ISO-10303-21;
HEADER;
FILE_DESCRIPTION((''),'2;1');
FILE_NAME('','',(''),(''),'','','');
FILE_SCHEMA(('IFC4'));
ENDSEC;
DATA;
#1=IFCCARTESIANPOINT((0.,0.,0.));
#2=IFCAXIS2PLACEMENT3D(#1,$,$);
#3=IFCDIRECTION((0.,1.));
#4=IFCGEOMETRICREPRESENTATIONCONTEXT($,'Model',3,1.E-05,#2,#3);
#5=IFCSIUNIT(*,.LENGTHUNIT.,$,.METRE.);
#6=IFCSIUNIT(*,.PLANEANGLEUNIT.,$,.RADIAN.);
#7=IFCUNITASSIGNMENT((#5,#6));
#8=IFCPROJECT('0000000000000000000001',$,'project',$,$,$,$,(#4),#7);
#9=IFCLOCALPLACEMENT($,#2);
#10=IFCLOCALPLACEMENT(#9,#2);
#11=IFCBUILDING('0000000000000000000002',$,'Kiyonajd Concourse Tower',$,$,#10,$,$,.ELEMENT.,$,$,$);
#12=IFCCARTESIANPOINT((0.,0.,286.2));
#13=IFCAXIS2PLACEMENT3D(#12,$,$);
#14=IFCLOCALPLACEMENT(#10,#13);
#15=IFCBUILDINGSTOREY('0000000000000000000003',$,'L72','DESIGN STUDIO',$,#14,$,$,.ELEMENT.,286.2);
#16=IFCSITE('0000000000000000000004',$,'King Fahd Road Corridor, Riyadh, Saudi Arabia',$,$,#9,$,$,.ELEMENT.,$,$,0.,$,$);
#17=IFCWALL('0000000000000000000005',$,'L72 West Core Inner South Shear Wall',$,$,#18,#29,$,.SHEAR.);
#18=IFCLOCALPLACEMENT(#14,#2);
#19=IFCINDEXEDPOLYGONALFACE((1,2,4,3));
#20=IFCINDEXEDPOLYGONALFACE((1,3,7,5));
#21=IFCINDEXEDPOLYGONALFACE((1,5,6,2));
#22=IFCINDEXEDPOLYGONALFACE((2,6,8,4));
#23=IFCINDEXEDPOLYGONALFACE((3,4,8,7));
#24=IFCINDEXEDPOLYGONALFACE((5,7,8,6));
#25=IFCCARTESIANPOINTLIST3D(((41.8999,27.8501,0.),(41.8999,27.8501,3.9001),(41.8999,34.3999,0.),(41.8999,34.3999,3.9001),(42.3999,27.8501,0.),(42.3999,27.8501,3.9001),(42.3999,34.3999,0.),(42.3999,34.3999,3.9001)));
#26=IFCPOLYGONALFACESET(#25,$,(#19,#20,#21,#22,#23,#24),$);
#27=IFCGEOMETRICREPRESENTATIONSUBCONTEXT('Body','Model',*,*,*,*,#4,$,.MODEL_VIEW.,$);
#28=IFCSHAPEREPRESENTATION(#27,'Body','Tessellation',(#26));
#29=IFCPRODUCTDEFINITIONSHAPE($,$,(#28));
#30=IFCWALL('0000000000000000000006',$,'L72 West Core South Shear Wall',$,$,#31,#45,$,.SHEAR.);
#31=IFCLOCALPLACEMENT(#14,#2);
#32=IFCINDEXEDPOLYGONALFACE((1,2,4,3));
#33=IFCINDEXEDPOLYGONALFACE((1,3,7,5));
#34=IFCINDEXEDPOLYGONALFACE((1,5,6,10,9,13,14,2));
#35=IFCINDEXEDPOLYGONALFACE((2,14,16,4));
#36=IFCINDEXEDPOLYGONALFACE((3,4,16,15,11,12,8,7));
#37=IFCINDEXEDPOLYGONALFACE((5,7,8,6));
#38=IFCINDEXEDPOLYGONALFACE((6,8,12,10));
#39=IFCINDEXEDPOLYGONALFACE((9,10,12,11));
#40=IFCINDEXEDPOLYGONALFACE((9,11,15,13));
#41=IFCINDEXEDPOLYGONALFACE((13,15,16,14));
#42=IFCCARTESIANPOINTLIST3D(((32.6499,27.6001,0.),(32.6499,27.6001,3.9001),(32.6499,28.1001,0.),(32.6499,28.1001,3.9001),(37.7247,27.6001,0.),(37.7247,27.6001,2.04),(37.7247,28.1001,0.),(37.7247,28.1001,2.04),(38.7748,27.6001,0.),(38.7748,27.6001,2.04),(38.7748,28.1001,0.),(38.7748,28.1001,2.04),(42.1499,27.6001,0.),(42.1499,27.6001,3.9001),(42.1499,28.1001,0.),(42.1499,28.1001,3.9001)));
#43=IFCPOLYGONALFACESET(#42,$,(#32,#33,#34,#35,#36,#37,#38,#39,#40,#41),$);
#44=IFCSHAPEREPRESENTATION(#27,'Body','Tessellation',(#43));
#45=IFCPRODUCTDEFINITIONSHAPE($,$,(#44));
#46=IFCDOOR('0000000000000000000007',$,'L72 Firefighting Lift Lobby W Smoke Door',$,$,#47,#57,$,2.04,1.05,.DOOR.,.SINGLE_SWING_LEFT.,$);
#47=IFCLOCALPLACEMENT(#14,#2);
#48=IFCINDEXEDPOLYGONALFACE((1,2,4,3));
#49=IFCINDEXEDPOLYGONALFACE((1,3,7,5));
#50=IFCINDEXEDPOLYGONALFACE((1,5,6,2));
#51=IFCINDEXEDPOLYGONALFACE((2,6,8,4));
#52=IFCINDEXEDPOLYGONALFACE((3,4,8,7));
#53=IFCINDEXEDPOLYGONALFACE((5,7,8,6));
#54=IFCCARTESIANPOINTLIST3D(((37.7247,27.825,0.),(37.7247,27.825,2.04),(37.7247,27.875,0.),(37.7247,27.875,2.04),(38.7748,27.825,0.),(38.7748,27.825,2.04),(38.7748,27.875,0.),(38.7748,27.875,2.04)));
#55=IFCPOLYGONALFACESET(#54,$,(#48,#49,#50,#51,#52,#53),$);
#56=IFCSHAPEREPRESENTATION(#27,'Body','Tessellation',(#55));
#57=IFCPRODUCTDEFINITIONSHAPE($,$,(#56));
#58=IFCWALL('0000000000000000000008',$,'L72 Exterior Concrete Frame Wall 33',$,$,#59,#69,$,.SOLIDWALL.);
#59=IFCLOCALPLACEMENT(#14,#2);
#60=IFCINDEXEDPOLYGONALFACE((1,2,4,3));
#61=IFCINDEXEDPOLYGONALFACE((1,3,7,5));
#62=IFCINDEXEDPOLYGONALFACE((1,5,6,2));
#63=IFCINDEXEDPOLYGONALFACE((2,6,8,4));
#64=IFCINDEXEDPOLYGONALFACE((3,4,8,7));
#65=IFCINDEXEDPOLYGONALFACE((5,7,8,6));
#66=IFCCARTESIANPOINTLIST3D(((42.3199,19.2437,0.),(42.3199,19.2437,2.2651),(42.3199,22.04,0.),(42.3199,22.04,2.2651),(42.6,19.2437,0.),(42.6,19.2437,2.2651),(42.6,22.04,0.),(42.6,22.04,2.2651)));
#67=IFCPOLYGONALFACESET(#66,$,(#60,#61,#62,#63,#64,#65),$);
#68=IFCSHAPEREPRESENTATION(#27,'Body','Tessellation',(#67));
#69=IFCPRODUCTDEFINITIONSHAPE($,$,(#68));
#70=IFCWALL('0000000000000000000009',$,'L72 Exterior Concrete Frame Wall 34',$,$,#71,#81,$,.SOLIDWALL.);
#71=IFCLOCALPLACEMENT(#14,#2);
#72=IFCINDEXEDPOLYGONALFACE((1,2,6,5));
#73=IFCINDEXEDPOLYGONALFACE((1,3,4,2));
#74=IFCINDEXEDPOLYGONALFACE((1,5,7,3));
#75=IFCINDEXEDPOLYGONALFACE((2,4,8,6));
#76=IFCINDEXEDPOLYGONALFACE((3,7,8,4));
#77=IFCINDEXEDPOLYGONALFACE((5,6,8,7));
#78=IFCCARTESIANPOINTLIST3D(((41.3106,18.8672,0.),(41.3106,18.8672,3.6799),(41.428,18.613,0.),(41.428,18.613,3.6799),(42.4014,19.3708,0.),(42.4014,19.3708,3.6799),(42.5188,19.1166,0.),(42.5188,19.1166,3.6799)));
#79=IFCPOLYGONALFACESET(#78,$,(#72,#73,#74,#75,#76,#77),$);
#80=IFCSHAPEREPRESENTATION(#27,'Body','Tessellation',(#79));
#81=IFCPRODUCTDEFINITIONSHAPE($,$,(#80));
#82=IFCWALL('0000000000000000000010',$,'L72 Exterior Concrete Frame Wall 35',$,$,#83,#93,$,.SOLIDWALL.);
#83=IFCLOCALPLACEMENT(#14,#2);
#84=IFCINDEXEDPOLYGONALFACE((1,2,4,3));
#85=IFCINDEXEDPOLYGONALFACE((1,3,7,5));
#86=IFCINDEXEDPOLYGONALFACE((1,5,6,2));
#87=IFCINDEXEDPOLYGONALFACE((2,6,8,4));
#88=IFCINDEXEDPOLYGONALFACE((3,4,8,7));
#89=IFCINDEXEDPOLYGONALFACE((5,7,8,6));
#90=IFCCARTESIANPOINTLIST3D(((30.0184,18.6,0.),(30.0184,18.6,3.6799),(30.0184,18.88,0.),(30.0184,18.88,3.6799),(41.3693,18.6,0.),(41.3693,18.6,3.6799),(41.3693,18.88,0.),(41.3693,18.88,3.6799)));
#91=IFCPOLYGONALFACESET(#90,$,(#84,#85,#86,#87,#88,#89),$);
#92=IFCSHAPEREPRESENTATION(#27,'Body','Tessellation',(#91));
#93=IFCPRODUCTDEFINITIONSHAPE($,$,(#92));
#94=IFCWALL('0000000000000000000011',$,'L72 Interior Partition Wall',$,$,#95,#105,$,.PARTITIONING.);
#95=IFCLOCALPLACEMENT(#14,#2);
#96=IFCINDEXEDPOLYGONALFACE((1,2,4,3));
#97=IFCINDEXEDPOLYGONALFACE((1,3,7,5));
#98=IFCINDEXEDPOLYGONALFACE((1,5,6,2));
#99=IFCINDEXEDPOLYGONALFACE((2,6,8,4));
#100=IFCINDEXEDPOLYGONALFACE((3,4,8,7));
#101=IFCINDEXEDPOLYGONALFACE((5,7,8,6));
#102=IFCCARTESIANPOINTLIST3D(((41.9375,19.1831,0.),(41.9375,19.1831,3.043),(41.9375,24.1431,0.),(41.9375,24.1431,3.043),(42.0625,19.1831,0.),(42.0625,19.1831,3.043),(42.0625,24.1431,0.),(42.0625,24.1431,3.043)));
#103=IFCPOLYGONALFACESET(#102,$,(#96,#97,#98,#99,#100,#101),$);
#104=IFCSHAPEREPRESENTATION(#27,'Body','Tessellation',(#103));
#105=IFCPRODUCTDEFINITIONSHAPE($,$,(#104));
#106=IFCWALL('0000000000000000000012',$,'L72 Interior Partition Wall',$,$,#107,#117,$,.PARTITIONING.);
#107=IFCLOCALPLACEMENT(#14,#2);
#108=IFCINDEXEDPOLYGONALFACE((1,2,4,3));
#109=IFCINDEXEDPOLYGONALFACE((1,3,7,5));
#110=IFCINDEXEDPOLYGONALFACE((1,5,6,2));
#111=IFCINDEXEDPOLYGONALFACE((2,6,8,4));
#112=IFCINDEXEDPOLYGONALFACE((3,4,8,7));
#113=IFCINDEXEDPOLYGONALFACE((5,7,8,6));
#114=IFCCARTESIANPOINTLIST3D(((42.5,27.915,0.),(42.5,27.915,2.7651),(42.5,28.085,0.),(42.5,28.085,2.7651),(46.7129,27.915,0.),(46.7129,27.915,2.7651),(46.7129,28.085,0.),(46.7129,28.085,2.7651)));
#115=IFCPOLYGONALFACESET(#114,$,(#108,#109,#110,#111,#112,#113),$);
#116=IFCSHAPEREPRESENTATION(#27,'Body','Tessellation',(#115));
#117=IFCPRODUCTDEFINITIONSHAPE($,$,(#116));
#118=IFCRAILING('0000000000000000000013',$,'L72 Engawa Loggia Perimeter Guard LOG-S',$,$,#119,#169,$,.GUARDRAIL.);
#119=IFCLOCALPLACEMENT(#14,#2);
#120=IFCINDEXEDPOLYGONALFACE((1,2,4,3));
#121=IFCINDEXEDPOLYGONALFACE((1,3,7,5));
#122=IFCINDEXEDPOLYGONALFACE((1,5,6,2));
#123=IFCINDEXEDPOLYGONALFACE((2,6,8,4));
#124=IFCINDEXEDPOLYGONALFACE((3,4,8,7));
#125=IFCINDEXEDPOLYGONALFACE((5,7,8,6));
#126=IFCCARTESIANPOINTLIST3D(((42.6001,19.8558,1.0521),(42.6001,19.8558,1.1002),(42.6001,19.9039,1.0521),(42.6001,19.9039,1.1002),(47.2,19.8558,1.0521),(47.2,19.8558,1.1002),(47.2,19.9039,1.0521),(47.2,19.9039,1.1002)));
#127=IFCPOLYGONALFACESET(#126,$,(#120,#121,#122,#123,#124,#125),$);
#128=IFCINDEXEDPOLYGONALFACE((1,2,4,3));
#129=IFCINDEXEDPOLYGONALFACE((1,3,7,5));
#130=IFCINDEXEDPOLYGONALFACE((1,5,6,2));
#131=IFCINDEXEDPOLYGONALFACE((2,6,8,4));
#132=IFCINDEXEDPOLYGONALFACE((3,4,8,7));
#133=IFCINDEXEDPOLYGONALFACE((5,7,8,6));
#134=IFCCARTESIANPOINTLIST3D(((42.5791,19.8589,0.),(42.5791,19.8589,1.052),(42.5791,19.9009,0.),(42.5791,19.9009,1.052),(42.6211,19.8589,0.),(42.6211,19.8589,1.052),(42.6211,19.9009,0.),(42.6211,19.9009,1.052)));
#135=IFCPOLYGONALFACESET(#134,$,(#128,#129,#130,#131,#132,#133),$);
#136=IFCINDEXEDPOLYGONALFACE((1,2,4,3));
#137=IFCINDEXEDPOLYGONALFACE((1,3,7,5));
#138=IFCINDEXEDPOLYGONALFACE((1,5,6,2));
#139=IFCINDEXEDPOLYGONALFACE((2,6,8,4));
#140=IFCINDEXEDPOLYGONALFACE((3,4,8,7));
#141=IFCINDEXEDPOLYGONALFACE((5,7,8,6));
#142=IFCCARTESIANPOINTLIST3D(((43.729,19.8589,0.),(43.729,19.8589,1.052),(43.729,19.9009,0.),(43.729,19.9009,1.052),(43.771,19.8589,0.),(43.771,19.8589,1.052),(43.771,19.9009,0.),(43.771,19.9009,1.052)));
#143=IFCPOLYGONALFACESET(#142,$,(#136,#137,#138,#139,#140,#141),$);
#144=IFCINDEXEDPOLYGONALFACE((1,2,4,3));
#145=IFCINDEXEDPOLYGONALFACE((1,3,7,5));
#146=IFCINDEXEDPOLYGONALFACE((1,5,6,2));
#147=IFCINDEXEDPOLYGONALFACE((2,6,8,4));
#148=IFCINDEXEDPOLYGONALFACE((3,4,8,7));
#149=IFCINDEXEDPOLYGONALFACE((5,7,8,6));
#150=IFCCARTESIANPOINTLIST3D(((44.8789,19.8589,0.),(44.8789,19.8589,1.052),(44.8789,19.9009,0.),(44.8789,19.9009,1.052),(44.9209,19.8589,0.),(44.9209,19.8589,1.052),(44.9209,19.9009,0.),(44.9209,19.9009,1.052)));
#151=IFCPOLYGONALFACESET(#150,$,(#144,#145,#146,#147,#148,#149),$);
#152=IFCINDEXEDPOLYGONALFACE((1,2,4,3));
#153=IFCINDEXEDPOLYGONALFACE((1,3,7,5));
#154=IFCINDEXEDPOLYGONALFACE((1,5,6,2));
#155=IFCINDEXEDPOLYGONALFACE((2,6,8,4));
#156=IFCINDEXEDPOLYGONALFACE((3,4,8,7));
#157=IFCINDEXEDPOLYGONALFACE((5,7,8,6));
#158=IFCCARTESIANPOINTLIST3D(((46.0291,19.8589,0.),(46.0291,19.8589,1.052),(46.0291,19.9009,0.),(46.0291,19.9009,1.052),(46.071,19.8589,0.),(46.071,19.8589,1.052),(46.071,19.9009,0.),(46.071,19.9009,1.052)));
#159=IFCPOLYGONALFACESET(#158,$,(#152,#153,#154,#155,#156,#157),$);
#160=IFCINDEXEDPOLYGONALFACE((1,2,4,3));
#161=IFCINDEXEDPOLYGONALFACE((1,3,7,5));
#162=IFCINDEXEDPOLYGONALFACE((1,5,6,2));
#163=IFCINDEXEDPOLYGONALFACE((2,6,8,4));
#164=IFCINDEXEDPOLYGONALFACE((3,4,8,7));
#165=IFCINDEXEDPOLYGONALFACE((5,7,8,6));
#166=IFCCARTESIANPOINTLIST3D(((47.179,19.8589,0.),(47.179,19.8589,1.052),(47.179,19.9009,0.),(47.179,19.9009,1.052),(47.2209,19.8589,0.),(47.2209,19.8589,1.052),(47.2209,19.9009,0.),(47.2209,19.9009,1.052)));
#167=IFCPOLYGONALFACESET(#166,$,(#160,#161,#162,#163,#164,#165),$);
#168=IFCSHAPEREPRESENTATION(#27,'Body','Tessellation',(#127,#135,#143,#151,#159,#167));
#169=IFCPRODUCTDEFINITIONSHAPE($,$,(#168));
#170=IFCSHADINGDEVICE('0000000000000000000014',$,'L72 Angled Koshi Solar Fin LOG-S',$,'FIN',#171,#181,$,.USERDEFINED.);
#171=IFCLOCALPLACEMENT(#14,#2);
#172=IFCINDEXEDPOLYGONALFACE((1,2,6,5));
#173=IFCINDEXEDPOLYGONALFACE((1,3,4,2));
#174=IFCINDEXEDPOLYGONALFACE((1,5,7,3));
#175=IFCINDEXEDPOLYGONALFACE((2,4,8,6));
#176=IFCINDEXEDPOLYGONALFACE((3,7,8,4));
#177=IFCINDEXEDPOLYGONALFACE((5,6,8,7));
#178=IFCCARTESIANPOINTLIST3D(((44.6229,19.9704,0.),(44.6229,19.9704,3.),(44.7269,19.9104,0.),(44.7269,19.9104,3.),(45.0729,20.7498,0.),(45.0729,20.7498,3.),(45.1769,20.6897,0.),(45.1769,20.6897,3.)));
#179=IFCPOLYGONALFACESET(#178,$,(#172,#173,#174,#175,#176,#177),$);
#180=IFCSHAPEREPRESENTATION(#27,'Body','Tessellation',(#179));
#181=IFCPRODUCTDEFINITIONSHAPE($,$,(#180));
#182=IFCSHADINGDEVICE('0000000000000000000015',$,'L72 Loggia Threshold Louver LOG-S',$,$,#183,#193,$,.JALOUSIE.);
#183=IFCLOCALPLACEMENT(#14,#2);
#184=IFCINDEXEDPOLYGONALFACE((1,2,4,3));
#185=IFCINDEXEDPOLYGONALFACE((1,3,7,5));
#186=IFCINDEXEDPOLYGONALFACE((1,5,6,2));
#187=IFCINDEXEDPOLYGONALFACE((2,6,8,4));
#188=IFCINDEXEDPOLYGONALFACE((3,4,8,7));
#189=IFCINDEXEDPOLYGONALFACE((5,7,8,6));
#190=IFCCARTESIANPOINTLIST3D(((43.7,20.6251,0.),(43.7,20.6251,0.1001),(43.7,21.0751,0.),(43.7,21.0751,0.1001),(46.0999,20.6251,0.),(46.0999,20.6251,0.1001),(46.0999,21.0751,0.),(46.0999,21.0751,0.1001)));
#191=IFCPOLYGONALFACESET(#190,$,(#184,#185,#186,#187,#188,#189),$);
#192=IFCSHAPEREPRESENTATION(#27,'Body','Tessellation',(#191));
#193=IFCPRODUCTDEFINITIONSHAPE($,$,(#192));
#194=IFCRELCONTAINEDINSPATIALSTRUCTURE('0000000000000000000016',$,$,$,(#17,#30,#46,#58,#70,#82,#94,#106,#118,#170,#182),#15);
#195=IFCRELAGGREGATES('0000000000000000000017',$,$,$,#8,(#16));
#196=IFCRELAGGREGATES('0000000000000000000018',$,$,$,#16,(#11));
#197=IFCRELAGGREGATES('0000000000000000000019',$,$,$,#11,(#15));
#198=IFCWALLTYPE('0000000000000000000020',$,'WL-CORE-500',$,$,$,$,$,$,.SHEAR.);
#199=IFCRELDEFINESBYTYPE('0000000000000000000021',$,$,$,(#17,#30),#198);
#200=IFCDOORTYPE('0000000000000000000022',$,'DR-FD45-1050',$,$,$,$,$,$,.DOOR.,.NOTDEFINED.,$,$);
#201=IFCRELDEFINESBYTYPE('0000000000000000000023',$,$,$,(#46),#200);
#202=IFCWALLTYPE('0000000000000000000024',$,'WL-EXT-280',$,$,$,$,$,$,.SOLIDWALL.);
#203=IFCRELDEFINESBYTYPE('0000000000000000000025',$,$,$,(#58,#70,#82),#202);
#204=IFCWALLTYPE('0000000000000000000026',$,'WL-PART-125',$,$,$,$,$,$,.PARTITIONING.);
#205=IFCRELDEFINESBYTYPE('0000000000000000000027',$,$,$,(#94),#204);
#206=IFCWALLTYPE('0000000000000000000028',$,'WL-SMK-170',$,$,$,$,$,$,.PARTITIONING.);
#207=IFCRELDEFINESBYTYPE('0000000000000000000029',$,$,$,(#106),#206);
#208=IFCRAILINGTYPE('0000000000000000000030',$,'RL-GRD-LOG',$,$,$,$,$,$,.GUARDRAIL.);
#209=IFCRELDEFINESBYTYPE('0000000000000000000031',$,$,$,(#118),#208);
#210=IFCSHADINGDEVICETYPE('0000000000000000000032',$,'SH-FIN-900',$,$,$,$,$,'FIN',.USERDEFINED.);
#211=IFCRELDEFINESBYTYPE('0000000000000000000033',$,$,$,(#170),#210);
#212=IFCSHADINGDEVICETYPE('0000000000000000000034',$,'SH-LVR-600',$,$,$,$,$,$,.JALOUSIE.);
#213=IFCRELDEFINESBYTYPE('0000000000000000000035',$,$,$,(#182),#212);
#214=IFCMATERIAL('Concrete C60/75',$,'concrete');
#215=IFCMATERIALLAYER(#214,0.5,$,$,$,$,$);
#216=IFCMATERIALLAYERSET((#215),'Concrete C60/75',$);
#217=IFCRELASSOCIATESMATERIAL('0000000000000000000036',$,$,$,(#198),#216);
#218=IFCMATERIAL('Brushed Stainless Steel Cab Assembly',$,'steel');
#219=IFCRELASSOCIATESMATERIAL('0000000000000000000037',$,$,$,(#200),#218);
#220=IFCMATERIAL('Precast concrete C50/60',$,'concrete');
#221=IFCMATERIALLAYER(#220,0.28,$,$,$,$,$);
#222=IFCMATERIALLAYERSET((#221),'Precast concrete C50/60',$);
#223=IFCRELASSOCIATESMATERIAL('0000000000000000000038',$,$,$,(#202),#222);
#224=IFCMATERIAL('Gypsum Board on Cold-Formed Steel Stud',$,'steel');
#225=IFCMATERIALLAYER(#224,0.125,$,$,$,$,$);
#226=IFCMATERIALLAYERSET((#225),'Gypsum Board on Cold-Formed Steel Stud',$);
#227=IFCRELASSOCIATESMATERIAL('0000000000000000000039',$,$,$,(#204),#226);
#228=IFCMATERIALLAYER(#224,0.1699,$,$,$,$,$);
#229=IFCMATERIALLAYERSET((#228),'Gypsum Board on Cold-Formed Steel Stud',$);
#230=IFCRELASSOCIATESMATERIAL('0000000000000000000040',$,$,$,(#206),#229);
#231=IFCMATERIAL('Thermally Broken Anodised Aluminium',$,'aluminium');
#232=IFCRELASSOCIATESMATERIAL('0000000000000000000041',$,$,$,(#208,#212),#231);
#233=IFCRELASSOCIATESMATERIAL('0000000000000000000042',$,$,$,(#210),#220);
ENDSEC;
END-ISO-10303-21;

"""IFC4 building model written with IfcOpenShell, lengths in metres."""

from ifc_helpers import new_model, si_unit, direction, frame, frame_2d, origin, origin_2d, place, context, subcontext, project, spatial, rectangle, extrude, material, layer, layer_set, type_object, element, fill, save


model = new_model("IFC4")

# Units and contexts
model_context = context("Model", 3, precision=1e-05, world=origin(), true_north=direction((0.0, 1.0)))
body_context = subcontext(model_context, "Body", "Model", "MODEL_VIEW")
ifc_project = project(units=[si_unit("LENGTHUNIT", "METRE"), si_unit("PLANEANGLEUNIT", "RADIAN")], contexts=[model_context])

# Site, building, storey
site_placement = place(None, origin())
site = spatial("IfcSite", under=ifc_project, at=site_placement, Name="King Fahd Road Corridor, Riyadh, Saudi Arabia", CompositionType="ELEMENT", RefElevation=0.0)
building_placement = place(site_placement, origin())
building = spatial("IfcBuilding", under=site, at=building_placement, Name="Kiyonajd Concourse Tower", CompositionType="ELEMENT")
storey_placement = place(building_placement, frame((0.0, 0.0, 286.2)))
storey = spatial("IfcBuildingStorey", under=building, at=storey_placement, Name="L72", Description="DESIGN STUDIO", CompositionType="ELEMENT", Elevation=286.2)

# Shared definitions
ifc_material_1 = material(Name="Concrete C60/75", Category="concrete")

# Shared definitions
ifc_material_2 = material(Name="Thermally Broken Anodised Aluminium", Category="aluminium")

# Wall
ifc_layer_1 = layer(ifc_material_1, 0.5)
ifc_layer_set_1 = layer_set([ifc_layer_1], Name="Concrete C60/75")
wall_type_1 = type_object("IfcWallType", Name="WL-CORE-500", PredefinedType="SHEAR", material=ifc_layer_set_1)
wall_1_placement = place(storey_placement, frame((42.1499, 27.8501, 0.0), z_axis=(0.0, 0.0, 1.0), x_axis=(0.0, 1.0, 0.0)))
element("IfcWall", 1, at=wall_1_placement, inside=storey, type_object=wall_type_1, Name="L72 West Core Inner South Shear Wall", PredefinedType="SHEAR", context=body_context, shape_type="SweptSolid", body=[
    extrude(rectangle(XDim=6.5498, YDim=0.5, at=frame_2d((3.2749, 0.0))), origin(), (0.0, 0.0, 1.0), 3.9001),
])

# Wall, opening, door
wall_2_placement = place(storey_placement, frame((32.6499, 27.8501, 0.0), z_axis=(0.0, 0.0, 1.0), x_axis=(1.0, 0.0, 0.0)))
wall_2 = element("IfcWall", 2, at=wall_2_placement, inside=storey, type_object=wall_type_1, Name="L72 West Core South Shear Wall", PredefinedType="SHEAR", context=body_context, shape_type="SweptSolid", body=[
    extrude(rectangle(XDim=9.5, YDim=0.5, at=frame_2d((4.75, 0.0))), origin(), (0.0, 0.0, 1.0), 3.9001),
])
opening_placement = place(wall_2_placement, frame((5.075, 0.0, 0.0)))
opening = element("IfcOpeningElement", 3, at=opening_placement, cuts=wall_2, PredefinedType="OPENING", context=body_context, shape_type="SweptSolid", body=[
    extrude(rectangle(XDim=1.05, YDim=2.04, at=frame_2d((0.5249, 1.02))), frame((0.0, 0.26, 0.0), z_axis=(0.0, -1.0, 0.0), x_axis=(1.0, 0.0, 0.0)), (0.0, 0.0, 1.0), 0.52),
])
ifc_material_3 = material(Name="Brushed Stainless Steel Cab Assembly", Category="steel")
door_type = type_object("IfcDoorType", Name="DR-FD45-1050", OperationType="NOTDEFINED", PredefinedType="DOOR", material=ifc_material_3)
door_placement = place(opening_placement, origin())
door = element("IfcDoor", 4, at=door_placement, inside=storey, type_object=door_type, Name="L72 Firefighting Lift Lobby W Smoke Door", OperationType="SINGLE_SWING_LEFT", OverallHeight=2.04, OverallWidth=1.05, PredefinedType="DOOR", context=body_context, shape_type="SweptSolid", body=[
    extrude(rectangle(XDim=1.05, YDim=2.04, at=frame_2d((0.5249, 1.02))), frame((0.0, 0.0249, 0.0), z_axis=(0.0, -1.0, 0.0), x_axis=(1.0, 0.0, 0.0)), (0.0, 0.0, 1.0), 0.05),
])
fill(opening, door)

# Walls
ifc_material_4 = material(Name="Precast concrete C50/60", Category="concrete")
ifc_layer_2 = layer(ifc_material_4, 0.28)
ifc_layer_set_2 = layer_set([ifc_layer_2], Name="Precast concrete C50/60")
wall_type_2 = type_object("IfcWallType", Name="WL-EXT-280", PredefinedType="SOLIDWALL", material=ifc_layer_set_2)
wall_3_placement = place(storey_placement, frame((42.46, 22.04, 0.0), z_axis=(0.0, 0.0, 1.0), x_axis=(0.0, -1.0, 0.0)))
element("IfcWall", 5, at=wall_3_placement, inside=storey, type_object=wall_type_2, Name="L72 Exterior Concrete Frame Wall 33", PredefinedType="SOLIDWALL", context=body_context, shape_type="SweptSolid", body=[
    extrude(rectangle(XDim=2.7964, YDim=0.28, at=frame_2d((1.3982, 0.0))), origin(), (0.0, 0.0, 1.0), 2.2651),
])
wall_4_placement = place(storey_placement, frame((42.46, 19.2437, 0.0), z_axis=(0.0, 0.0, 1.0), x_axis=(-0.907894, -0.4192, 0.0)))
element("IfcWall", 6, at=wall_4_placement, inside=storey, type_object=wall_type_2, Name="L72 Exterior Concrete Frame Wall 34", PredefinedType="SOLIDWALL", context=body_context, shape_type="SweptSolid", body=[
    extrude(rectangle(XDim=1.2014, YDim=0.28, at=frame_2d((0.6006, 0.0))), origin(), (0.0, 0.0, 1.0), 3.6799),
])
wall_5_placement = place(storey_placement, frame((41.3691, 18.74, 0.0), z_axis=(0.0, 0.0, 1.0), x_axis=(-1.0, 0.0, 0.0)))
element("IfcWall", 7, at=wall_5_placement, inside=storey, type_object=wall_type_2, Name="L72 Exterior Concrete Frame Wall 35", PredefinedType="SOLIDWALL", context=body_context, shape_type="SweptSolid", body=[
    extrude(rectangle(XDim=11.3508, YDim=0.28, at=frame_2d((5.6753, 0.0))), origin(), (0.0, 0.0, 1.0), 3.6799),
])
ifc_material_5 = material(Name="Gypsum Board on Cold-Formed Steel Stud", Category="steel")
ifc_layer_3 = layer(ifc_material_5, 0.125)
ifc_layer_set_3 = layer_set([ifc_layer_3], Name="Gypsum Board on Cold-Formed Steel Stud")
wall_type_3 = type_object("IfcWallType", Name="WL-PART-125", PredefinedType="PARTITIONING", material=ifc_layer_set_3)
wall_6_placement = place(storey_placement, frame((42.0, 19.1831, 0.0), z_axis=(0.0, 0.0, 1.0), x_axis=(0.0, 1.0, 0.0)))
element("IfcWall", 8, at=wall_6_placement, inside=storey, type_object=wall_type_3, Name="L72 Interior Partition Wall", PredefinedType="PARTITIONING", context=body_context, shape_type="SweptSolid", body=[
    extrude(rectangle(XDim=4.96, YDim=0.125, at=frame_2d((2.48, 0.0))), origin(), (0.0, 0.0, 1.0), 3.043),
])
ifc_layer_4 = layer(ifc_material_5, 0.1699)
ifc_layer_set_4 = layer_set([ifc_layer_4], Name="Gypsum Board on Cold-Formed Steel Stud")
wall_type_4 = type_object("IfcWallType", Name="WL-SMK-170", PredefinedType="PARTITIONING", material=ifc_layer_set_4)
wall_7_placement = place(storey_placement, frame((42.5, 28.0, 0.0), z_axis=(0.0, 0.0, 1.0), x_axis=(1.0, 0.0, 0.0)))
element("IfcWall", 9, at=wall_7_placement, inside=storey, type_object=wall_type_4, Name="L72 Interior Partition Wall", PredefinedType="PARTITIONING", context=body_context, shape_type="SweptSolid", body=[
    extrude(rectangle(XDim=4.2129, YDim=0.1699, at=frame_2d((2.1064, 0.0))), origin(), (0.0, 0.0, 1.0), 2.7651),
])

# Railing
railing_type = type_object("IfcRailingType", Name="RL-GRD-LOG", PredefinedType="GUARDRAIL", material=ifc_material_2)
railing_placement = place(storey_placement, frame((42.6001, 19.8799, 0.0)))
element("IfcRailing", 10, at=railing_placement, inside=storey, type_object=railing_type, Name="L72 Engawa Loggia Perimeter Guard LOG-S", PredefinedType="GUARDRAIL", context=body_context, shape_type="SweptSolid", body=[
    extrude(rectangle(XDim=0.0481, YDim=0.0481, at=origin_2d()), frame((0.0, 0.0, 1.0762), z_axis=(1.0, 0.0, 0.0), x_axis=(0.0, 1.0, 0.0)), (0.0, 0.0, 1.0), 4.5999),
    extrude(rectangle(XDim=0.042, YDim=0.042, at=origin_2d()), origin(), (0.0, 0.0, 1.0), 1.052),
    extrude(rectangle(XDim=0.042, YDim=0.042, at=origin_2d()), frame((1.1499, 0.0, 0.0)), (0.0, 0.0, 1.0), 1.052),
    extrude(rectangle(XDim=0.042, YDim=0.042, at=origin_2d()), frame((2.2998, 0.0, 0.0)), (0.0, 0.0, 1.0), 1.052),
    extrude(rectangle(XDim=0.042, YDim=0.042, at=origin_2d()), frame((3.45, 0.0, 0.0)), (0.0, 0.0, 1.0), 1.052),
    extrude(rectangle(XDim=0.042, YDim=0.042, at=origin_2d()), frame((4.5999, 0.0, 0.0)), (0.0, 0.0, 1.0), 1.052),
])

# Shading devices
shading_device_type_1 = type_object("IfcShadingDeviceType", Name="SH-FIN-900", ElementType="FIN", PredefinedType="USERDEFINED", material=ifc_material_4)
shading_device_1_placement = place(storey_placement, frame((44.8999, 20.3301, 0.0), z_axis=(0.0, 0.0, 1.0), x_axis=(0.5, 0.866025, 0.0)))
element("IfcShadingDevice", 11, at=shading_device_1_placement, inside=storey, type_object=shading_device_type_1, Name="L72 Angled Koshi Solar Fin LOG-S", ObjectType="FIN", PredefinedType="USERDEFINED", context=body_context, shape_type="SweptSolid", body=[
    extrude(rectangle(XDim=0.8999, YDim=0.1201, at=origin_2d()), origin(), (0.0, 0.0, 1.0), 3.0),
])
shading_device_type_2 = type_object("IfcShadingDeviceType", Name="SH-LVR-600", PredefinedType="JALOUSIE", material=ifc_material_2)
shading_device_2_placement = place(storey_placement, frame((44.8999, 20.8501, 0.0), z_axis=(0.0, 0.0, 1.0), x_axis=(1.0, 0.0, 0.0)))
element("IfcShadingDevice", 12, at=shading_device_2_placement, inside=storey, type_object=shading_device_type_2, Name="L72 Loggia Threshold Louver LOG-S", PredefinedType="JALOUSIE", context=body_context, shape_type="SweptSolid", body=[
    extrude(rectangle(XDim=2.3999, YDim=0.45, at=origin_2d()), origin(), (0.0, 0.0, 1.0), 0.1001),
])

save(model, "model.ifc")
